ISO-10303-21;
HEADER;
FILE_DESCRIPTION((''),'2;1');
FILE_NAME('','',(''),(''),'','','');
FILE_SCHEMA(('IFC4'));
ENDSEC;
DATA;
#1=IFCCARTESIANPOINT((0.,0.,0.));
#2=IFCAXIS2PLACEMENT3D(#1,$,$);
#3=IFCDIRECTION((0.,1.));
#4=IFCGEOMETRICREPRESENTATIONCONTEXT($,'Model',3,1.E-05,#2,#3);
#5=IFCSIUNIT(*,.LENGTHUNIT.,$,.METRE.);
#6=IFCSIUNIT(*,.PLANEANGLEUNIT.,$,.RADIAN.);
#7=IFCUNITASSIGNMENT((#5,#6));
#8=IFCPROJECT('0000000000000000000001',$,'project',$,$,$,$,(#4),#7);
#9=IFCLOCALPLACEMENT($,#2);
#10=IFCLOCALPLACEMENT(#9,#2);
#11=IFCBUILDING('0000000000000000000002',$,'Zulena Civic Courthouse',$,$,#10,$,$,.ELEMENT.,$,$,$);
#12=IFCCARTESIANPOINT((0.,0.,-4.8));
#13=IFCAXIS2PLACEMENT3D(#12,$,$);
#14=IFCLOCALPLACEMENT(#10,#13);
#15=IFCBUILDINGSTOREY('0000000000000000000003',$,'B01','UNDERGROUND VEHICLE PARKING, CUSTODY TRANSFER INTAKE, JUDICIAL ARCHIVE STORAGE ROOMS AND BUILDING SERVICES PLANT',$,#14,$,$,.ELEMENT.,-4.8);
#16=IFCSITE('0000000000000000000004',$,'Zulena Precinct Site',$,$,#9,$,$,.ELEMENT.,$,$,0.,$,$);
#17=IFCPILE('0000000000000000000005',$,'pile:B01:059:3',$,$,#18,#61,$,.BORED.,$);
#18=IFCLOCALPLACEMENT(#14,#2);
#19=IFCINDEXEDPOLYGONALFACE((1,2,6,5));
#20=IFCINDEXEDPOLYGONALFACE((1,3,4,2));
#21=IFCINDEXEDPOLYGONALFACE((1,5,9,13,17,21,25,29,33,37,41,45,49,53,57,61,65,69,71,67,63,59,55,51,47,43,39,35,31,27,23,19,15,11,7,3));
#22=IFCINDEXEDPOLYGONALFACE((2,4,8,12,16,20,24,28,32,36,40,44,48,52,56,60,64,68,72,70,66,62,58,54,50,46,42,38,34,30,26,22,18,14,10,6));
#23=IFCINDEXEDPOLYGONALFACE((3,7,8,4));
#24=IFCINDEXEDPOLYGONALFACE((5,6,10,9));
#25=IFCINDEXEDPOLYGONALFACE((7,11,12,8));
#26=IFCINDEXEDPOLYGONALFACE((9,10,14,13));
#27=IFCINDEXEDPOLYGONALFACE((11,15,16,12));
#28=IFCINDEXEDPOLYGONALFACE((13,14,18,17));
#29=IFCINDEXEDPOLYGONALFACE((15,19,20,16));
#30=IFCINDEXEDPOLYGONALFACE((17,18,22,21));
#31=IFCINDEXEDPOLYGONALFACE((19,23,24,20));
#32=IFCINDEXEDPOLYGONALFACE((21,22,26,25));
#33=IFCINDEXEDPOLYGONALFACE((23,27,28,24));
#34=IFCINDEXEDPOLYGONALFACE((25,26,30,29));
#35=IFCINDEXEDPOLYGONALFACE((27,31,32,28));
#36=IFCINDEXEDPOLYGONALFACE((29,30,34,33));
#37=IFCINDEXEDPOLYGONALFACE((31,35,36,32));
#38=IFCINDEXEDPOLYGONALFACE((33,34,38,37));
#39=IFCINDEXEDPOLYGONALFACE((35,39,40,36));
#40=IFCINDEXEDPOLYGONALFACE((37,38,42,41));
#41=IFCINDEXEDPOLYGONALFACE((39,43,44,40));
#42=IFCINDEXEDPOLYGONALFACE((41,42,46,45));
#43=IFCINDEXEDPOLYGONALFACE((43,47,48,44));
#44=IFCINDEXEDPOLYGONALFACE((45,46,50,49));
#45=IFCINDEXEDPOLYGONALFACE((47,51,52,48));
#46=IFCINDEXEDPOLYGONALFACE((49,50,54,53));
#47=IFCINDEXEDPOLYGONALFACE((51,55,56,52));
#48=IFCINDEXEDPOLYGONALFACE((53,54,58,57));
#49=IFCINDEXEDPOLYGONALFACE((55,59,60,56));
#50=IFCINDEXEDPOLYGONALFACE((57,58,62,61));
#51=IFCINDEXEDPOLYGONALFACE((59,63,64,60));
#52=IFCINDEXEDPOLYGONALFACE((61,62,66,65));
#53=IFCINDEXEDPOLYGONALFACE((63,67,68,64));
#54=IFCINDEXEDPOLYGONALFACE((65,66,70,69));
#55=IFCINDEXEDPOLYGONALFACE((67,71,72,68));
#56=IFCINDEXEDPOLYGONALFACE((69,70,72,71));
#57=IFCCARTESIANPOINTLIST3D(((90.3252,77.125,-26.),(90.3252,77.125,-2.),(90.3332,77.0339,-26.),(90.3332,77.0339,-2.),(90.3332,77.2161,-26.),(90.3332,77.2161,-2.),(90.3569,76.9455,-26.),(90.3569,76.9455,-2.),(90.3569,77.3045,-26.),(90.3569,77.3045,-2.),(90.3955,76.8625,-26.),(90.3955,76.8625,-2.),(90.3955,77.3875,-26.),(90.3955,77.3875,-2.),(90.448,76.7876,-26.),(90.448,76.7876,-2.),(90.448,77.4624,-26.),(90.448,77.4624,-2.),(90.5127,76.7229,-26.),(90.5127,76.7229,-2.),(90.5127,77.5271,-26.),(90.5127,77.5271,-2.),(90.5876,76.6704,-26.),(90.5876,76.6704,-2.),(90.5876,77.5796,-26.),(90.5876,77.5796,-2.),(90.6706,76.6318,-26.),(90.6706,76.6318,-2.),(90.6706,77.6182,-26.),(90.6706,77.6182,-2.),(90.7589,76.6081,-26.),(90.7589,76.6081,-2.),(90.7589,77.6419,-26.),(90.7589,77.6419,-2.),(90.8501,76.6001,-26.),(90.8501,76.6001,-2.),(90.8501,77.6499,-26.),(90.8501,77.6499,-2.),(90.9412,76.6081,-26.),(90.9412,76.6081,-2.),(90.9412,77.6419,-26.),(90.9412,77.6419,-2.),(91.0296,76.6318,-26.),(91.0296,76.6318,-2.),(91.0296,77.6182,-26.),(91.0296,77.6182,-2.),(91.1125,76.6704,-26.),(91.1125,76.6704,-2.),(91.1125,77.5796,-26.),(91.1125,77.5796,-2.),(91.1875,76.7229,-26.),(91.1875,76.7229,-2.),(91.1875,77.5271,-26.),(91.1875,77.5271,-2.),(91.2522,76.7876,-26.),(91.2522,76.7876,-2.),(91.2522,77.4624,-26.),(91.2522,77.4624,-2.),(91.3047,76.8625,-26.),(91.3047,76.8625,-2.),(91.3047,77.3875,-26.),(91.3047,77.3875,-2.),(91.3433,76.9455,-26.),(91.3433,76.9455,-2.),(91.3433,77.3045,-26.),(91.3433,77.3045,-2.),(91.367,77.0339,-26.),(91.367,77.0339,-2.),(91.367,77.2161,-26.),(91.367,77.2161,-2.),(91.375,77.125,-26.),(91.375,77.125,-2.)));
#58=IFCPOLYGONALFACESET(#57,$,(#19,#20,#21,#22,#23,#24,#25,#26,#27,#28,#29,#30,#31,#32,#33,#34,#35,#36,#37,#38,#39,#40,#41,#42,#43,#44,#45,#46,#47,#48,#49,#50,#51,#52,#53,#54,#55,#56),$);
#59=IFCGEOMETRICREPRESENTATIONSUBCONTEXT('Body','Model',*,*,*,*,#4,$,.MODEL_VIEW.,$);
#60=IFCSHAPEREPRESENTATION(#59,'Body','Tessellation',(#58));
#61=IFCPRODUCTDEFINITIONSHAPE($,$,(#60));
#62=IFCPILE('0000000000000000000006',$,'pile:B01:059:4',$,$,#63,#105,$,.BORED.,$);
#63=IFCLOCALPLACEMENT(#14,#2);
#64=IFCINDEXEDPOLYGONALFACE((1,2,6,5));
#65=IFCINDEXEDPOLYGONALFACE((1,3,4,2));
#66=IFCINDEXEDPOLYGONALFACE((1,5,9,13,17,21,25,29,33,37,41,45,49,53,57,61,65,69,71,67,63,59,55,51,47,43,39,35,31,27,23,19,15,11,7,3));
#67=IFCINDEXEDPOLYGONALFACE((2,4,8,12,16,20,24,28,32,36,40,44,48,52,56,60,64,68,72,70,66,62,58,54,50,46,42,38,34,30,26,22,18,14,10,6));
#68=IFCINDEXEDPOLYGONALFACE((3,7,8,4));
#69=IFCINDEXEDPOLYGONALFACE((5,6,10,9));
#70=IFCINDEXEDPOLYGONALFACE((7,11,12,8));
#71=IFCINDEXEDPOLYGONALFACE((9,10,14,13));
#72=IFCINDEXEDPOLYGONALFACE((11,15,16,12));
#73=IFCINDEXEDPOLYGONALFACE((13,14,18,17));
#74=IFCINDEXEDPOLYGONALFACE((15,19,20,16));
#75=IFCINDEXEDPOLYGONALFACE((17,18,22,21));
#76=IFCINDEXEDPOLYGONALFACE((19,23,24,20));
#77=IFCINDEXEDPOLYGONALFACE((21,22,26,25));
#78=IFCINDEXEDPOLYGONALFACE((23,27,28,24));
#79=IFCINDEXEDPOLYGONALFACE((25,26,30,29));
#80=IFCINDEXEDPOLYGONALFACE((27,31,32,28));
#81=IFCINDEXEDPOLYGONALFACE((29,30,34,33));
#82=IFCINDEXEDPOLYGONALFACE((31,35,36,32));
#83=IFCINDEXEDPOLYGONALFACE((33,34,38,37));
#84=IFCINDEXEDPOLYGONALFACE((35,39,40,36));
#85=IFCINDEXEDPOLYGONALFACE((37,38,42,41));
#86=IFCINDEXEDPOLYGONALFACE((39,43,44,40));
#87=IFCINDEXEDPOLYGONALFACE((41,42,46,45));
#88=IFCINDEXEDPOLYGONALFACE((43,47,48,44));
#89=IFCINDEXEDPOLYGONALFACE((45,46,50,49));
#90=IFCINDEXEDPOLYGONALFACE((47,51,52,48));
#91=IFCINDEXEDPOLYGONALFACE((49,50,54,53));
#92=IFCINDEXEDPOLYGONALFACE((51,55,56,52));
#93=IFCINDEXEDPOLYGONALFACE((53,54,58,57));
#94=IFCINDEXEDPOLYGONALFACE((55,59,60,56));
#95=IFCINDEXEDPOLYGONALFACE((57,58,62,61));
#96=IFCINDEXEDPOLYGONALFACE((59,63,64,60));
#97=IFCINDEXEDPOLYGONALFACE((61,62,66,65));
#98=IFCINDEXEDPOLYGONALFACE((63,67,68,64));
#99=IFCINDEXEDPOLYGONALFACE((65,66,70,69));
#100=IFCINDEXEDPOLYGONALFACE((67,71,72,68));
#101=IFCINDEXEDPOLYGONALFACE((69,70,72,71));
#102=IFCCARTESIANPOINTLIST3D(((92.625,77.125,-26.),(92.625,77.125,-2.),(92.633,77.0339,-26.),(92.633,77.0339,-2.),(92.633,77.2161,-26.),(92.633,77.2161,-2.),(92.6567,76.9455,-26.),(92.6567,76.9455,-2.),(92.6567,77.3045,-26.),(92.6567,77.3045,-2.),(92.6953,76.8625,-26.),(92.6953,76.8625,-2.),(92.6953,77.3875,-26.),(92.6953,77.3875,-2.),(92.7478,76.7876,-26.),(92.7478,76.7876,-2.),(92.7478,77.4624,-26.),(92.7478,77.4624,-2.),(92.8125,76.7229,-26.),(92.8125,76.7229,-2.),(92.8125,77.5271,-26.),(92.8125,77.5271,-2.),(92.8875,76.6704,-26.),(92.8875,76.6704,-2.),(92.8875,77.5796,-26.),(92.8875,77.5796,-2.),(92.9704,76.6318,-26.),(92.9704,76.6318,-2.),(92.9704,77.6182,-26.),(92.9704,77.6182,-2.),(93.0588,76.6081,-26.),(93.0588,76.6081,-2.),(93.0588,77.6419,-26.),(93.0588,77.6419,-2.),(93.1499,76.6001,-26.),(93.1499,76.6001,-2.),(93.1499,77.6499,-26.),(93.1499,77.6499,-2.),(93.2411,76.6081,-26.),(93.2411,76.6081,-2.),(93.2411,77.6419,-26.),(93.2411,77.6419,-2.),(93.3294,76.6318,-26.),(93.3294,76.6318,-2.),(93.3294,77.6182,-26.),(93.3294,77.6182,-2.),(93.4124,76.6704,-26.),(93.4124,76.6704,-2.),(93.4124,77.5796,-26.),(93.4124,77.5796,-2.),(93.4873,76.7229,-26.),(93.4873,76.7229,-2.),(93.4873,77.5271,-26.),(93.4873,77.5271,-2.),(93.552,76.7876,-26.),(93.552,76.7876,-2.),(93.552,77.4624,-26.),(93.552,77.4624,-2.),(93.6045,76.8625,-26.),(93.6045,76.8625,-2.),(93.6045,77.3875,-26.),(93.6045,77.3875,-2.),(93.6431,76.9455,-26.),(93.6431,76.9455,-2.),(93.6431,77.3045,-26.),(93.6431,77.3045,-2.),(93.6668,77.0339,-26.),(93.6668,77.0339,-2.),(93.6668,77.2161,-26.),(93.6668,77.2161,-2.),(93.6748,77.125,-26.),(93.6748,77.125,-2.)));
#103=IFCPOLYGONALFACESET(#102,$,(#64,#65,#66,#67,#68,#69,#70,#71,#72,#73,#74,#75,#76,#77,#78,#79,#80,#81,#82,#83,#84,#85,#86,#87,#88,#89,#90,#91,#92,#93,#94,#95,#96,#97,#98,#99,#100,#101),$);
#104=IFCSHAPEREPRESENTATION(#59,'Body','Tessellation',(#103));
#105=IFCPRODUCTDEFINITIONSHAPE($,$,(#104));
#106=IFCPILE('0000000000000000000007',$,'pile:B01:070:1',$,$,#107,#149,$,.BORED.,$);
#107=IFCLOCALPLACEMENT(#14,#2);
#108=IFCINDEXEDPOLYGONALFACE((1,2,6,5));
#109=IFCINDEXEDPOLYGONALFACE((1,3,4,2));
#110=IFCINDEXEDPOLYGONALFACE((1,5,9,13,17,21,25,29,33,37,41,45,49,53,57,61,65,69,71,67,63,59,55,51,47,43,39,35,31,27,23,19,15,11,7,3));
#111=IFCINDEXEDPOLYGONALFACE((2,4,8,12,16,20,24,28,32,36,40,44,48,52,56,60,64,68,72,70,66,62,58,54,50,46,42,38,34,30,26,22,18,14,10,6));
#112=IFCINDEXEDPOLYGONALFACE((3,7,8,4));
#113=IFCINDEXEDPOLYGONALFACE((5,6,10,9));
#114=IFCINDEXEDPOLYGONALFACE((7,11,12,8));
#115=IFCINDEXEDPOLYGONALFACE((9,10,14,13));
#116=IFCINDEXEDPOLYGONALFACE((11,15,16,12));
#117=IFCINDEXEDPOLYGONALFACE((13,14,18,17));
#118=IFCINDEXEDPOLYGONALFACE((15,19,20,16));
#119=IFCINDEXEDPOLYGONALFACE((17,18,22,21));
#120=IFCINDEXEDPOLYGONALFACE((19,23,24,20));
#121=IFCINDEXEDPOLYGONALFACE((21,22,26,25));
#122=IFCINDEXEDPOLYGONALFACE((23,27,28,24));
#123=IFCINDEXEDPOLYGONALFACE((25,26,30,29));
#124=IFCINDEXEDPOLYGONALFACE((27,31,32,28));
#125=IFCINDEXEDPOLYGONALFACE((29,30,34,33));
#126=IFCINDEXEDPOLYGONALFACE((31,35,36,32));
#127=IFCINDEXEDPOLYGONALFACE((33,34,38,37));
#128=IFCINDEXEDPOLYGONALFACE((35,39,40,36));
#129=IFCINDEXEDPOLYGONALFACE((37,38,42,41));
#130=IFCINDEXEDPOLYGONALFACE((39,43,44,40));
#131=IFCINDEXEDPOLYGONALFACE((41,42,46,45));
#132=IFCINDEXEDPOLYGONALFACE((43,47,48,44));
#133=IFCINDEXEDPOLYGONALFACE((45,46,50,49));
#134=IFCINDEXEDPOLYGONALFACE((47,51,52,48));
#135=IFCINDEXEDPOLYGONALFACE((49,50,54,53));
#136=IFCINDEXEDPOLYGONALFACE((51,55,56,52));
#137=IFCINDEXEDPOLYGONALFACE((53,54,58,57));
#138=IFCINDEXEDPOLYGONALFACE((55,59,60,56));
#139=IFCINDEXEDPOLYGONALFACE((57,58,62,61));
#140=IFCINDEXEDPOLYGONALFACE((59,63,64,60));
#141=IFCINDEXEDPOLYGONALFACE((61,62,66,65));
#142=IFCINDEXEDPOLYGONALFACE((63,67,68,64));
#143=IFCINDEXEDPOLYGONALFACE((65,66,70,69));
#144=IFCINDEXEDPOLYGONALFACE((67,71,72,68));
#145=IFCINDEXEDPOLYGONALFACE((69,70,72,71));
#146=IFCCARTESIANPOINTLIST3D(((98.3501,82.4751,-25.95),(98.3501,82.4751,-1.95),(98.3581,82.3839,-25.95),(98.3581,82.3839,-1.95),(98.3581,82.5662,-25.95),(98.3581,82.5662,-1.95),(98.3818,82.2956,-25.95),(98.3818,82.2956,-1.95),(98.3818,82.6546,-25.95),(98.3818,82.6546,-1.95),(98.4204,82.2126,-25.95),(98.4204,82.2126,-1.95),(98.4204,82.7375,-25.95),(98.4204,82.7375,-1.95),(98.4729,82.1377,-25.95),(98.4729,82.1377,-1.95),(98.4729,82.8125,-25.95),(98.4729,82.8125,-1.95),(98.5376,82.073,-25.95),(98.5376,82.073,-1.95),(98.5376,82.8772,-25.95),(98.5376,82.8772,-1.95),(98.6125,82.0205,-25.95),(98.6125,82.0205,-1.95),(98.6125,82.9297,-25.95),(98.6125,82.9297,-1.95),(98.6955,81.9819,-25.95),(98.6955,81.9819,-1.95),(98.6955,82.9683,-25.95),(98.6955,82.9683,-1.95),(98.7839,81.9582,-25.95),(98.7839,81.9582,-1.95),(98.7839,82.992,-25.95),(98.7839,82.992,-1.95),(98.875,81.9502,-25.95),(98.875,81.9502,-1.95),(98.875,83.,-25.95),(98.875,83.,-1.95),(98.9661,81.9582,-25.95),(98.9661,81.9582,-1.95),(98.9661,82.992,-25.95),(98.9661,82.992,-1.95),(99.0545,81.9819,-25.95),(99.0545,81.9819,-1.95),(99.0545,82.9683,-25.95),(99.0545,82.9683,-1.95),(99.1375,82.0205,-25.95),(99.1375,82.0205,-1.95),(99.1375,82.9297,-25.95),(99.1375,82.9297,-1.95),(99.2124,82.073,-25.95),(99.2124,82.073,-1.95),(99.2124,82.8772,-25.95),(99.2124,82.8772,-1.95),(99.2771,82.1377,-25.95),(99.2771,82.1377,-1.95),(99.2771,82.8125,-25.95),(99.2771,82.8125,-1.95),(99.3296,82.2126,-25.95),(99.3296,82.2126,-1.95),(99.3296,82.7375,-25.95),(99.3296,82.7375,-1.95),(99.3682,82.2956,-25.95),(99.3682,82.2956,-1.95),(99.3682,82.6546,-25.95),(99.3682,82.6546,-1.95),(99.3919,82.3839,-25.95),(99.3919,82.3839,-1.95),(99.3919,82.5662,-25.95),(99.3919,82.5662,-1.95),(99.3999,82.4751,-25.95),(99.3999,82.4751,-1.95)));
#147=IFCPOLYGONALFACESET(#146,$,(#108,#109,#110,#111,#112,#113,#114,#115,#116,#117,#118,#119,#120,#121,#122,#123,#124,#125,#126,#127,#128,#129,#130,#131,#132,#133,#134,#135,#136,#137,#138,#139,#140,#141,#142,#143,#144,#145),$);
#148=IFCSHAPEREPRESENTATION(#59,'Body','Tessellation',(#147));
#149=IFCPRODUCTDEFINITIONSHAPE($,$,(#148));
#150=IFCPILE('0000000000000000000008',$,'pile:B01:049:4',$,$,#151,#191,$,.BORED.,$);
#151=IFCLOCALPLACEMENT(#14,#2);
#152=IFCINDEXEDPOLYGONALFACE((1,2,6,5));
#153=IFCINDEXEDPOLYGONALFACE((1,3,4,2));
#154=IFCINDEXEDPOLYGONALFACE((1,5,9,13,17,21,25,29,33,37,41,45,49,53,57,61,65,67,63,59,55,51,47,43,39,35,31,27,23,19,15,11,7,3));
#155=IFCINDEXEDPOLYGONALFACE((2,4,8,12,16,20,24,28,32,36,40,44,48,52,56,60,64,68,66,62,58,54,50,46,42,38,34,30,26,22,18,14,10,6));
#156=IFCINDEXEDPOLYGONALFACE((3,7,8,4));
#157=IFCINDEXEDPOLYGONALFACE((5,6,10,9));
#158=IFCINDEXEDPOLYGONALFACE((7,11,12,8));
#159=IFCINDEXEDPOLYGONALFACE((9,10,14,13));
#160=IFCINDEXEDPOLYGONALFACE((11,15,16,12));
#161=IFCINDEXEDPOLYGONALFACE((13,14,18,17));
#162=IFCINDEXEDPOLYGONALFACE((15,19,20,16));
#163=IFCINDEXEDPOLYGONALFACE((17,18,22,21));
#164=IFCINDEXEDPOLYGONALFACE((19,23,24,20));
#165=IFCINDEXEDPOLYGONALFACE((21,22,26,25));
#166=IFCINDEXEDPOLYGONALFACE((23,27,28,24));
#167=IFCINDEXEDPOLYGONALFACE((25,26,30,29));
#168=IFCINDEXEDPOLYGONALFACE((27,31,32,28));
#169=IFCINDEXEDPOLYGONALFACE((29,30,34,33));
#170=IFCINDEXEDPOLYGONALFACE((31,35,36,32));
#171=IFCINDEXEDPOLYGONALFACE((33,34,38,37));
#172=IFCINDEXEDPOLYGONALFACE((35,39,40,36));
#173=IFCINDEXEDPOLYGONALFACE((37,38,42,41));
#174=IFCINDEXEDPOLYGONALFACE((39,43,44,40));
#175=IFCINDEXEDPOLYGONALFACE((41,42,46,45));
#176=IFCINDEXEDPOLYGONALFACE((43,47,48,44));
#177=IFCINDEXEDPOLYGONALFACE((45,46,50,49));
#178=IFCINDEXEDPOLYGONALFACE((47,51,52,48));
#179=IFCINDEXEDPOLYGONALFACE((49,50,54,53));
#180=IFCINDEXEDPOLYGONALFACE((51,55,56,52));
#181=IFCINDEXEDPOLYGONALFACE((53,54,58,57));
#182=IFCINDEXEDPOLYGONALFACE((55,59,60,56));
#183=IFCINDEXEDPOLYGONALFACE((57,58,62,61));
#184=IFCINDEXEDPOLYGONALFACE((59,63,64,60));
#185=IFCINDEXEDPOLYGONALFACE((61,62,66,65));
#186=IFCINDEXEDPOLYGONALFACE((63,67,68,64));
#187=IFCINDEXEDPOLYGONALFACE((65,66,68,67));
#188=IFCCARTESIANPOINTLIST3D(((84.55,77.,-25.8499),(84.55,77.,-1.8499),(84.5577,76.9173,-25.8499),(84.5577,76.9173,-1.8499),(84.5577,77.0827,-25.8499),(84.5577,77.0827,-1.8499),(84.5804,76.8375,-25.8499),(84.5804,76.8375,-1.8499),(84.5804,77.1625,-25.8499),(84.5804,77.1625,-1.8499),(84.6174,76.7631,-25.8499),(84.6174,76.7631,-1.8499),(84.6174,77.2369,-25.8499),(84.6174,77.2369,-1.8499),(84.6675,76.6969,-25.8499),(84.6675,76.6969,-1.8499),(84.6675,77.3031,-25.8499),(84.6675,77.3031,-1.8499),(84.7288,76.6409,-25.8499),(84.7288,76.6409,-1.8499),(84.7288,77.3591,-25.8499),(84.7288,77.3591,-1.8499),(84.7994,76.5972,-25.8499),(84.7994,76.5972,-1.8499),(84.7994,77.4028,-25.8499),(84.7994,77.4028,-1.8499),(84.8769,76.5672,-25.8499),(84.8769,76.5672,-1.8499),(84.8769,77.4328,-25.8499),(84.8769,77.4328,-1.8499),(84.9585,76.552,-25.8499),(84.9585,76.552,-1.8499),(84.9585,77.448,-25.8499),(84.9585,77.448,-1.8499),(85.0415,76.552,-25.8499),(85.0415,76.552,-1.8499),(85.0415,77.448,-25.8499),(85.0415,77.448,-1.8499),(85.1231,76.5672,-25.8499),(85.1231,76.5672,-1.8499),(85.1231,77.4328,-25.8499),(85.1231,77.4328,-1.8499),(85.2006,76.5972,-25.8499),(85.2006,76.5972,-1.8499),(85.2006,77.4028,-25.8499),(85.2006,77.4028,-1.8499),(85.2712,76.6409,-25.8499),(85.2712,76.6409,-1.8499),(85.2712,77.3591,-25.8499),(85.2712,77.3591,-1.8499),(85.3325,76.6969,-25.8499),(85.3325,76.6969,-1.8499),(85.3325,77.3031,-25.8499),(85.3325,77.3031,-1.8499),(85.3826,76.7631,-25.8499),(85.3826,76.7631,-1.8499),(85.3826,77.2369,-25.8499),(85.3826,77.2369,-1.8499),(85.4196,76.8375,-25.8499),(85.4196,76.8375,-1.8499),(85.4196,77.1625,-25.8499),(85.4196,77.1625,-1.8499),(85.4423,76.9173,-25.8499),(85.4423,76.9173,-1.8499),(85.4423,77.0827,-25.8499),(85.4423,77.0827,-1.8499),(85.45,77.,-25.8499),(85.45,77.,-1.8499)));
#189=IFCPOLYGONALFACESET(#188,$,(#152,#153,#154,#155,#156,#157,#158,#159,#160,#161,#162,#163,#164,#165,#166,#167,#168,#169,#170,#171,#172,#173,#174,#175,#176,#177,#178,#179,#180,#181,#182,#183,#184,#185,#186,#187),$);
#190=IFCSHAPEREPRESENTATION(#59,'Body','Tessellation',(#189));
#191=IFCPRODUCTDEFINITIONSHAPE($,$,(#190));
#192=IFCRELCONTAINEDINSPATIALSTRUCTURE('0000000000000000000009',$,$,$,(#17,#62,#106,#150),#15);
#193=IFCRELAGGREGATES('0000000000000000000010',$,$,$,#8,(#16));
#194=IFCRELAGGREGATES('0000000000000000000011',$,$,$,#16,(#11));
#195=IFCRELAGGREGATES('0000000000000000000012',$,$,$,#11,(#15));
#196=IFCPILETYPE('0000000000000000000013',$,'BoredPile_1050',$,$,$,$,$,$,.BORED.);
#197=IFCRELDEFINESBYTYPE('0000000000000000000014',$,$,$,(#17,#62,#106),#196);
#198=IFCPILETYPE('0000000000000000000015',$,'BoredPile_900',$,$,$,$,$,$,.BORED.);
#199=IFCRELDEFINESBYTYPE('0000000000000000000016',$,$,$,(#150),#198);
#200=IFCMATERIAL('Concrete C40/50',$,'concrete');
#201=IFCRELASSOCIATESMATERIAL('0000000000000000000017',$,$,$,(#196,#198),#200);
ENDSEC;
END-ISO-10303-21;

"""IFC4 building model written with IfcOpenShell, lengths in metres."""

from ifc_helpers import new_model, si_unit, direction, frame, origin, origin_2d, place, context, subcontext, project, spatial, circle, extrude, material, material_profile, profile_set, type_object, element, save


model = new_model("IFC4")

# Units and contexts
model_context = context("Model", 3, precision=1e-05, world=origin(), true_north=direction((0.0, 1.0)))
body_context = subcontext(model_context, "Body", "Model", "MODEL_VIEW")
ifc_project = project(units=[si_unit("LENGTHUNIT", "METRE"), si_unit("PLANEANGLEUNIT", "RADIAN")], contexts=[model_context])

# Site, building, storey
site_placement = place(None, origin())
site = spatial("IfcSite", under=ifc_project, at=site_placement, Name="Zulena Precinct Site", CompositionType="ELEMENT", RefElevation=0.0)
building_placement = place(site_placement, origin())
building = spatial("IfcBuilding", under=site, at=building_placement, Name="Zulena Civic Courthouse", CompositionType="ELEMENT")
storey_placement = place(building_placement, frame((0.0, 0.0, -4.8)))
storey = spatial("IfcBuildingStorey", under=building, at=storey_placement, Name="B01", Description="UNDERGROUND VEHICLE PARKING, CUSTODY TRANSFER INTAKE, JUDICIAL ARCHIVE STORAGE ROOMS AND BUILDING SERVICES PLANT", CompositionType="ELEMENT", Elevation=-4.8)

# Piles
ifc_material_1 = material(Name="Concrete C40/50", Category="concrete")
ifc_material_profile_1 = material_profile(ifc_material_1, circle(Radius=0.5249, at=origin_2d()), Name="PILE1050")
ifc_profile_set_1 = profile_set([ifc_material_profile_1], Name="Concrete C40/50")
pile_type_1 = type_object("IfcPileType", Name="BoredPile_1050", PredefinedType="BORED", material=ifc_profile_set_1)
for number, where, z_axis, x_axis, name in (
    (1, (90.8501, 77.125, -2.0), (0.0, 0.0, -1.0), (1.0, 0.0, 0.0), "pile:B01:059:3"),
    (2, (93.1499, 77.125, -2.0), (0.0, 0.0, -1.0), (1.0, 0.0, 0.0), "pile:B01:059:4"),
    (3, (98.875, 82.4751, -1.95), (0.0, 0.0, -1.0), (1.0, 0.0, 0.0), "pile:B01:070:1"),
):
    element("IfcPile", number, at=place(storey_placement, frame(where, z_axis=z_axis, x_axis=x_axis)), inside=storey, type_object=pile_type_1, Name=name, PredefinedType="BORED", context=body_context, shape_type="SweptSolid", body=[
        extrude(circle(Radius=0.5249, at=origin_2d()), origin(), (0.0, 0.0, 1.0), 24.0),
    ])
ifc_material_profile_2 = material_profile(ifc_material_1, circle(Radius=0.45, at=origin_2d()), Name="PILE900")
ifc_profile_set_2 = profile_set([ifc_material_profile_2], Name="Concrete C40/50")
pile_type_2 = type_object("IfcPileType", Name="BoredPile_900", PredefinedType="BORED", material=ifc_profile_set_2)
for number, where, z_axis, x_axis, name in (
    (4, (85.0, 77.0, -1.8499), (0.0, 0.0, -1.0), (1.0, 0.0, 0.0), "pile:B01:049:4"),
):
    element("IfcPile", number, at=place(storey_placement, frame(where, z_axis=z_axis, x_axis=x_axis)), inside=storey, type_object=pile_type_2, Name=name, PredefinedType="BORED", context=body_context, shape_type="SweptSolid", body=[
        extrude(circle(Radius=0.45, at=origin_2d()), origin(), (0.0, 0.0, 1.0), 24.0),
    ])

save(model, "model.ifc")
